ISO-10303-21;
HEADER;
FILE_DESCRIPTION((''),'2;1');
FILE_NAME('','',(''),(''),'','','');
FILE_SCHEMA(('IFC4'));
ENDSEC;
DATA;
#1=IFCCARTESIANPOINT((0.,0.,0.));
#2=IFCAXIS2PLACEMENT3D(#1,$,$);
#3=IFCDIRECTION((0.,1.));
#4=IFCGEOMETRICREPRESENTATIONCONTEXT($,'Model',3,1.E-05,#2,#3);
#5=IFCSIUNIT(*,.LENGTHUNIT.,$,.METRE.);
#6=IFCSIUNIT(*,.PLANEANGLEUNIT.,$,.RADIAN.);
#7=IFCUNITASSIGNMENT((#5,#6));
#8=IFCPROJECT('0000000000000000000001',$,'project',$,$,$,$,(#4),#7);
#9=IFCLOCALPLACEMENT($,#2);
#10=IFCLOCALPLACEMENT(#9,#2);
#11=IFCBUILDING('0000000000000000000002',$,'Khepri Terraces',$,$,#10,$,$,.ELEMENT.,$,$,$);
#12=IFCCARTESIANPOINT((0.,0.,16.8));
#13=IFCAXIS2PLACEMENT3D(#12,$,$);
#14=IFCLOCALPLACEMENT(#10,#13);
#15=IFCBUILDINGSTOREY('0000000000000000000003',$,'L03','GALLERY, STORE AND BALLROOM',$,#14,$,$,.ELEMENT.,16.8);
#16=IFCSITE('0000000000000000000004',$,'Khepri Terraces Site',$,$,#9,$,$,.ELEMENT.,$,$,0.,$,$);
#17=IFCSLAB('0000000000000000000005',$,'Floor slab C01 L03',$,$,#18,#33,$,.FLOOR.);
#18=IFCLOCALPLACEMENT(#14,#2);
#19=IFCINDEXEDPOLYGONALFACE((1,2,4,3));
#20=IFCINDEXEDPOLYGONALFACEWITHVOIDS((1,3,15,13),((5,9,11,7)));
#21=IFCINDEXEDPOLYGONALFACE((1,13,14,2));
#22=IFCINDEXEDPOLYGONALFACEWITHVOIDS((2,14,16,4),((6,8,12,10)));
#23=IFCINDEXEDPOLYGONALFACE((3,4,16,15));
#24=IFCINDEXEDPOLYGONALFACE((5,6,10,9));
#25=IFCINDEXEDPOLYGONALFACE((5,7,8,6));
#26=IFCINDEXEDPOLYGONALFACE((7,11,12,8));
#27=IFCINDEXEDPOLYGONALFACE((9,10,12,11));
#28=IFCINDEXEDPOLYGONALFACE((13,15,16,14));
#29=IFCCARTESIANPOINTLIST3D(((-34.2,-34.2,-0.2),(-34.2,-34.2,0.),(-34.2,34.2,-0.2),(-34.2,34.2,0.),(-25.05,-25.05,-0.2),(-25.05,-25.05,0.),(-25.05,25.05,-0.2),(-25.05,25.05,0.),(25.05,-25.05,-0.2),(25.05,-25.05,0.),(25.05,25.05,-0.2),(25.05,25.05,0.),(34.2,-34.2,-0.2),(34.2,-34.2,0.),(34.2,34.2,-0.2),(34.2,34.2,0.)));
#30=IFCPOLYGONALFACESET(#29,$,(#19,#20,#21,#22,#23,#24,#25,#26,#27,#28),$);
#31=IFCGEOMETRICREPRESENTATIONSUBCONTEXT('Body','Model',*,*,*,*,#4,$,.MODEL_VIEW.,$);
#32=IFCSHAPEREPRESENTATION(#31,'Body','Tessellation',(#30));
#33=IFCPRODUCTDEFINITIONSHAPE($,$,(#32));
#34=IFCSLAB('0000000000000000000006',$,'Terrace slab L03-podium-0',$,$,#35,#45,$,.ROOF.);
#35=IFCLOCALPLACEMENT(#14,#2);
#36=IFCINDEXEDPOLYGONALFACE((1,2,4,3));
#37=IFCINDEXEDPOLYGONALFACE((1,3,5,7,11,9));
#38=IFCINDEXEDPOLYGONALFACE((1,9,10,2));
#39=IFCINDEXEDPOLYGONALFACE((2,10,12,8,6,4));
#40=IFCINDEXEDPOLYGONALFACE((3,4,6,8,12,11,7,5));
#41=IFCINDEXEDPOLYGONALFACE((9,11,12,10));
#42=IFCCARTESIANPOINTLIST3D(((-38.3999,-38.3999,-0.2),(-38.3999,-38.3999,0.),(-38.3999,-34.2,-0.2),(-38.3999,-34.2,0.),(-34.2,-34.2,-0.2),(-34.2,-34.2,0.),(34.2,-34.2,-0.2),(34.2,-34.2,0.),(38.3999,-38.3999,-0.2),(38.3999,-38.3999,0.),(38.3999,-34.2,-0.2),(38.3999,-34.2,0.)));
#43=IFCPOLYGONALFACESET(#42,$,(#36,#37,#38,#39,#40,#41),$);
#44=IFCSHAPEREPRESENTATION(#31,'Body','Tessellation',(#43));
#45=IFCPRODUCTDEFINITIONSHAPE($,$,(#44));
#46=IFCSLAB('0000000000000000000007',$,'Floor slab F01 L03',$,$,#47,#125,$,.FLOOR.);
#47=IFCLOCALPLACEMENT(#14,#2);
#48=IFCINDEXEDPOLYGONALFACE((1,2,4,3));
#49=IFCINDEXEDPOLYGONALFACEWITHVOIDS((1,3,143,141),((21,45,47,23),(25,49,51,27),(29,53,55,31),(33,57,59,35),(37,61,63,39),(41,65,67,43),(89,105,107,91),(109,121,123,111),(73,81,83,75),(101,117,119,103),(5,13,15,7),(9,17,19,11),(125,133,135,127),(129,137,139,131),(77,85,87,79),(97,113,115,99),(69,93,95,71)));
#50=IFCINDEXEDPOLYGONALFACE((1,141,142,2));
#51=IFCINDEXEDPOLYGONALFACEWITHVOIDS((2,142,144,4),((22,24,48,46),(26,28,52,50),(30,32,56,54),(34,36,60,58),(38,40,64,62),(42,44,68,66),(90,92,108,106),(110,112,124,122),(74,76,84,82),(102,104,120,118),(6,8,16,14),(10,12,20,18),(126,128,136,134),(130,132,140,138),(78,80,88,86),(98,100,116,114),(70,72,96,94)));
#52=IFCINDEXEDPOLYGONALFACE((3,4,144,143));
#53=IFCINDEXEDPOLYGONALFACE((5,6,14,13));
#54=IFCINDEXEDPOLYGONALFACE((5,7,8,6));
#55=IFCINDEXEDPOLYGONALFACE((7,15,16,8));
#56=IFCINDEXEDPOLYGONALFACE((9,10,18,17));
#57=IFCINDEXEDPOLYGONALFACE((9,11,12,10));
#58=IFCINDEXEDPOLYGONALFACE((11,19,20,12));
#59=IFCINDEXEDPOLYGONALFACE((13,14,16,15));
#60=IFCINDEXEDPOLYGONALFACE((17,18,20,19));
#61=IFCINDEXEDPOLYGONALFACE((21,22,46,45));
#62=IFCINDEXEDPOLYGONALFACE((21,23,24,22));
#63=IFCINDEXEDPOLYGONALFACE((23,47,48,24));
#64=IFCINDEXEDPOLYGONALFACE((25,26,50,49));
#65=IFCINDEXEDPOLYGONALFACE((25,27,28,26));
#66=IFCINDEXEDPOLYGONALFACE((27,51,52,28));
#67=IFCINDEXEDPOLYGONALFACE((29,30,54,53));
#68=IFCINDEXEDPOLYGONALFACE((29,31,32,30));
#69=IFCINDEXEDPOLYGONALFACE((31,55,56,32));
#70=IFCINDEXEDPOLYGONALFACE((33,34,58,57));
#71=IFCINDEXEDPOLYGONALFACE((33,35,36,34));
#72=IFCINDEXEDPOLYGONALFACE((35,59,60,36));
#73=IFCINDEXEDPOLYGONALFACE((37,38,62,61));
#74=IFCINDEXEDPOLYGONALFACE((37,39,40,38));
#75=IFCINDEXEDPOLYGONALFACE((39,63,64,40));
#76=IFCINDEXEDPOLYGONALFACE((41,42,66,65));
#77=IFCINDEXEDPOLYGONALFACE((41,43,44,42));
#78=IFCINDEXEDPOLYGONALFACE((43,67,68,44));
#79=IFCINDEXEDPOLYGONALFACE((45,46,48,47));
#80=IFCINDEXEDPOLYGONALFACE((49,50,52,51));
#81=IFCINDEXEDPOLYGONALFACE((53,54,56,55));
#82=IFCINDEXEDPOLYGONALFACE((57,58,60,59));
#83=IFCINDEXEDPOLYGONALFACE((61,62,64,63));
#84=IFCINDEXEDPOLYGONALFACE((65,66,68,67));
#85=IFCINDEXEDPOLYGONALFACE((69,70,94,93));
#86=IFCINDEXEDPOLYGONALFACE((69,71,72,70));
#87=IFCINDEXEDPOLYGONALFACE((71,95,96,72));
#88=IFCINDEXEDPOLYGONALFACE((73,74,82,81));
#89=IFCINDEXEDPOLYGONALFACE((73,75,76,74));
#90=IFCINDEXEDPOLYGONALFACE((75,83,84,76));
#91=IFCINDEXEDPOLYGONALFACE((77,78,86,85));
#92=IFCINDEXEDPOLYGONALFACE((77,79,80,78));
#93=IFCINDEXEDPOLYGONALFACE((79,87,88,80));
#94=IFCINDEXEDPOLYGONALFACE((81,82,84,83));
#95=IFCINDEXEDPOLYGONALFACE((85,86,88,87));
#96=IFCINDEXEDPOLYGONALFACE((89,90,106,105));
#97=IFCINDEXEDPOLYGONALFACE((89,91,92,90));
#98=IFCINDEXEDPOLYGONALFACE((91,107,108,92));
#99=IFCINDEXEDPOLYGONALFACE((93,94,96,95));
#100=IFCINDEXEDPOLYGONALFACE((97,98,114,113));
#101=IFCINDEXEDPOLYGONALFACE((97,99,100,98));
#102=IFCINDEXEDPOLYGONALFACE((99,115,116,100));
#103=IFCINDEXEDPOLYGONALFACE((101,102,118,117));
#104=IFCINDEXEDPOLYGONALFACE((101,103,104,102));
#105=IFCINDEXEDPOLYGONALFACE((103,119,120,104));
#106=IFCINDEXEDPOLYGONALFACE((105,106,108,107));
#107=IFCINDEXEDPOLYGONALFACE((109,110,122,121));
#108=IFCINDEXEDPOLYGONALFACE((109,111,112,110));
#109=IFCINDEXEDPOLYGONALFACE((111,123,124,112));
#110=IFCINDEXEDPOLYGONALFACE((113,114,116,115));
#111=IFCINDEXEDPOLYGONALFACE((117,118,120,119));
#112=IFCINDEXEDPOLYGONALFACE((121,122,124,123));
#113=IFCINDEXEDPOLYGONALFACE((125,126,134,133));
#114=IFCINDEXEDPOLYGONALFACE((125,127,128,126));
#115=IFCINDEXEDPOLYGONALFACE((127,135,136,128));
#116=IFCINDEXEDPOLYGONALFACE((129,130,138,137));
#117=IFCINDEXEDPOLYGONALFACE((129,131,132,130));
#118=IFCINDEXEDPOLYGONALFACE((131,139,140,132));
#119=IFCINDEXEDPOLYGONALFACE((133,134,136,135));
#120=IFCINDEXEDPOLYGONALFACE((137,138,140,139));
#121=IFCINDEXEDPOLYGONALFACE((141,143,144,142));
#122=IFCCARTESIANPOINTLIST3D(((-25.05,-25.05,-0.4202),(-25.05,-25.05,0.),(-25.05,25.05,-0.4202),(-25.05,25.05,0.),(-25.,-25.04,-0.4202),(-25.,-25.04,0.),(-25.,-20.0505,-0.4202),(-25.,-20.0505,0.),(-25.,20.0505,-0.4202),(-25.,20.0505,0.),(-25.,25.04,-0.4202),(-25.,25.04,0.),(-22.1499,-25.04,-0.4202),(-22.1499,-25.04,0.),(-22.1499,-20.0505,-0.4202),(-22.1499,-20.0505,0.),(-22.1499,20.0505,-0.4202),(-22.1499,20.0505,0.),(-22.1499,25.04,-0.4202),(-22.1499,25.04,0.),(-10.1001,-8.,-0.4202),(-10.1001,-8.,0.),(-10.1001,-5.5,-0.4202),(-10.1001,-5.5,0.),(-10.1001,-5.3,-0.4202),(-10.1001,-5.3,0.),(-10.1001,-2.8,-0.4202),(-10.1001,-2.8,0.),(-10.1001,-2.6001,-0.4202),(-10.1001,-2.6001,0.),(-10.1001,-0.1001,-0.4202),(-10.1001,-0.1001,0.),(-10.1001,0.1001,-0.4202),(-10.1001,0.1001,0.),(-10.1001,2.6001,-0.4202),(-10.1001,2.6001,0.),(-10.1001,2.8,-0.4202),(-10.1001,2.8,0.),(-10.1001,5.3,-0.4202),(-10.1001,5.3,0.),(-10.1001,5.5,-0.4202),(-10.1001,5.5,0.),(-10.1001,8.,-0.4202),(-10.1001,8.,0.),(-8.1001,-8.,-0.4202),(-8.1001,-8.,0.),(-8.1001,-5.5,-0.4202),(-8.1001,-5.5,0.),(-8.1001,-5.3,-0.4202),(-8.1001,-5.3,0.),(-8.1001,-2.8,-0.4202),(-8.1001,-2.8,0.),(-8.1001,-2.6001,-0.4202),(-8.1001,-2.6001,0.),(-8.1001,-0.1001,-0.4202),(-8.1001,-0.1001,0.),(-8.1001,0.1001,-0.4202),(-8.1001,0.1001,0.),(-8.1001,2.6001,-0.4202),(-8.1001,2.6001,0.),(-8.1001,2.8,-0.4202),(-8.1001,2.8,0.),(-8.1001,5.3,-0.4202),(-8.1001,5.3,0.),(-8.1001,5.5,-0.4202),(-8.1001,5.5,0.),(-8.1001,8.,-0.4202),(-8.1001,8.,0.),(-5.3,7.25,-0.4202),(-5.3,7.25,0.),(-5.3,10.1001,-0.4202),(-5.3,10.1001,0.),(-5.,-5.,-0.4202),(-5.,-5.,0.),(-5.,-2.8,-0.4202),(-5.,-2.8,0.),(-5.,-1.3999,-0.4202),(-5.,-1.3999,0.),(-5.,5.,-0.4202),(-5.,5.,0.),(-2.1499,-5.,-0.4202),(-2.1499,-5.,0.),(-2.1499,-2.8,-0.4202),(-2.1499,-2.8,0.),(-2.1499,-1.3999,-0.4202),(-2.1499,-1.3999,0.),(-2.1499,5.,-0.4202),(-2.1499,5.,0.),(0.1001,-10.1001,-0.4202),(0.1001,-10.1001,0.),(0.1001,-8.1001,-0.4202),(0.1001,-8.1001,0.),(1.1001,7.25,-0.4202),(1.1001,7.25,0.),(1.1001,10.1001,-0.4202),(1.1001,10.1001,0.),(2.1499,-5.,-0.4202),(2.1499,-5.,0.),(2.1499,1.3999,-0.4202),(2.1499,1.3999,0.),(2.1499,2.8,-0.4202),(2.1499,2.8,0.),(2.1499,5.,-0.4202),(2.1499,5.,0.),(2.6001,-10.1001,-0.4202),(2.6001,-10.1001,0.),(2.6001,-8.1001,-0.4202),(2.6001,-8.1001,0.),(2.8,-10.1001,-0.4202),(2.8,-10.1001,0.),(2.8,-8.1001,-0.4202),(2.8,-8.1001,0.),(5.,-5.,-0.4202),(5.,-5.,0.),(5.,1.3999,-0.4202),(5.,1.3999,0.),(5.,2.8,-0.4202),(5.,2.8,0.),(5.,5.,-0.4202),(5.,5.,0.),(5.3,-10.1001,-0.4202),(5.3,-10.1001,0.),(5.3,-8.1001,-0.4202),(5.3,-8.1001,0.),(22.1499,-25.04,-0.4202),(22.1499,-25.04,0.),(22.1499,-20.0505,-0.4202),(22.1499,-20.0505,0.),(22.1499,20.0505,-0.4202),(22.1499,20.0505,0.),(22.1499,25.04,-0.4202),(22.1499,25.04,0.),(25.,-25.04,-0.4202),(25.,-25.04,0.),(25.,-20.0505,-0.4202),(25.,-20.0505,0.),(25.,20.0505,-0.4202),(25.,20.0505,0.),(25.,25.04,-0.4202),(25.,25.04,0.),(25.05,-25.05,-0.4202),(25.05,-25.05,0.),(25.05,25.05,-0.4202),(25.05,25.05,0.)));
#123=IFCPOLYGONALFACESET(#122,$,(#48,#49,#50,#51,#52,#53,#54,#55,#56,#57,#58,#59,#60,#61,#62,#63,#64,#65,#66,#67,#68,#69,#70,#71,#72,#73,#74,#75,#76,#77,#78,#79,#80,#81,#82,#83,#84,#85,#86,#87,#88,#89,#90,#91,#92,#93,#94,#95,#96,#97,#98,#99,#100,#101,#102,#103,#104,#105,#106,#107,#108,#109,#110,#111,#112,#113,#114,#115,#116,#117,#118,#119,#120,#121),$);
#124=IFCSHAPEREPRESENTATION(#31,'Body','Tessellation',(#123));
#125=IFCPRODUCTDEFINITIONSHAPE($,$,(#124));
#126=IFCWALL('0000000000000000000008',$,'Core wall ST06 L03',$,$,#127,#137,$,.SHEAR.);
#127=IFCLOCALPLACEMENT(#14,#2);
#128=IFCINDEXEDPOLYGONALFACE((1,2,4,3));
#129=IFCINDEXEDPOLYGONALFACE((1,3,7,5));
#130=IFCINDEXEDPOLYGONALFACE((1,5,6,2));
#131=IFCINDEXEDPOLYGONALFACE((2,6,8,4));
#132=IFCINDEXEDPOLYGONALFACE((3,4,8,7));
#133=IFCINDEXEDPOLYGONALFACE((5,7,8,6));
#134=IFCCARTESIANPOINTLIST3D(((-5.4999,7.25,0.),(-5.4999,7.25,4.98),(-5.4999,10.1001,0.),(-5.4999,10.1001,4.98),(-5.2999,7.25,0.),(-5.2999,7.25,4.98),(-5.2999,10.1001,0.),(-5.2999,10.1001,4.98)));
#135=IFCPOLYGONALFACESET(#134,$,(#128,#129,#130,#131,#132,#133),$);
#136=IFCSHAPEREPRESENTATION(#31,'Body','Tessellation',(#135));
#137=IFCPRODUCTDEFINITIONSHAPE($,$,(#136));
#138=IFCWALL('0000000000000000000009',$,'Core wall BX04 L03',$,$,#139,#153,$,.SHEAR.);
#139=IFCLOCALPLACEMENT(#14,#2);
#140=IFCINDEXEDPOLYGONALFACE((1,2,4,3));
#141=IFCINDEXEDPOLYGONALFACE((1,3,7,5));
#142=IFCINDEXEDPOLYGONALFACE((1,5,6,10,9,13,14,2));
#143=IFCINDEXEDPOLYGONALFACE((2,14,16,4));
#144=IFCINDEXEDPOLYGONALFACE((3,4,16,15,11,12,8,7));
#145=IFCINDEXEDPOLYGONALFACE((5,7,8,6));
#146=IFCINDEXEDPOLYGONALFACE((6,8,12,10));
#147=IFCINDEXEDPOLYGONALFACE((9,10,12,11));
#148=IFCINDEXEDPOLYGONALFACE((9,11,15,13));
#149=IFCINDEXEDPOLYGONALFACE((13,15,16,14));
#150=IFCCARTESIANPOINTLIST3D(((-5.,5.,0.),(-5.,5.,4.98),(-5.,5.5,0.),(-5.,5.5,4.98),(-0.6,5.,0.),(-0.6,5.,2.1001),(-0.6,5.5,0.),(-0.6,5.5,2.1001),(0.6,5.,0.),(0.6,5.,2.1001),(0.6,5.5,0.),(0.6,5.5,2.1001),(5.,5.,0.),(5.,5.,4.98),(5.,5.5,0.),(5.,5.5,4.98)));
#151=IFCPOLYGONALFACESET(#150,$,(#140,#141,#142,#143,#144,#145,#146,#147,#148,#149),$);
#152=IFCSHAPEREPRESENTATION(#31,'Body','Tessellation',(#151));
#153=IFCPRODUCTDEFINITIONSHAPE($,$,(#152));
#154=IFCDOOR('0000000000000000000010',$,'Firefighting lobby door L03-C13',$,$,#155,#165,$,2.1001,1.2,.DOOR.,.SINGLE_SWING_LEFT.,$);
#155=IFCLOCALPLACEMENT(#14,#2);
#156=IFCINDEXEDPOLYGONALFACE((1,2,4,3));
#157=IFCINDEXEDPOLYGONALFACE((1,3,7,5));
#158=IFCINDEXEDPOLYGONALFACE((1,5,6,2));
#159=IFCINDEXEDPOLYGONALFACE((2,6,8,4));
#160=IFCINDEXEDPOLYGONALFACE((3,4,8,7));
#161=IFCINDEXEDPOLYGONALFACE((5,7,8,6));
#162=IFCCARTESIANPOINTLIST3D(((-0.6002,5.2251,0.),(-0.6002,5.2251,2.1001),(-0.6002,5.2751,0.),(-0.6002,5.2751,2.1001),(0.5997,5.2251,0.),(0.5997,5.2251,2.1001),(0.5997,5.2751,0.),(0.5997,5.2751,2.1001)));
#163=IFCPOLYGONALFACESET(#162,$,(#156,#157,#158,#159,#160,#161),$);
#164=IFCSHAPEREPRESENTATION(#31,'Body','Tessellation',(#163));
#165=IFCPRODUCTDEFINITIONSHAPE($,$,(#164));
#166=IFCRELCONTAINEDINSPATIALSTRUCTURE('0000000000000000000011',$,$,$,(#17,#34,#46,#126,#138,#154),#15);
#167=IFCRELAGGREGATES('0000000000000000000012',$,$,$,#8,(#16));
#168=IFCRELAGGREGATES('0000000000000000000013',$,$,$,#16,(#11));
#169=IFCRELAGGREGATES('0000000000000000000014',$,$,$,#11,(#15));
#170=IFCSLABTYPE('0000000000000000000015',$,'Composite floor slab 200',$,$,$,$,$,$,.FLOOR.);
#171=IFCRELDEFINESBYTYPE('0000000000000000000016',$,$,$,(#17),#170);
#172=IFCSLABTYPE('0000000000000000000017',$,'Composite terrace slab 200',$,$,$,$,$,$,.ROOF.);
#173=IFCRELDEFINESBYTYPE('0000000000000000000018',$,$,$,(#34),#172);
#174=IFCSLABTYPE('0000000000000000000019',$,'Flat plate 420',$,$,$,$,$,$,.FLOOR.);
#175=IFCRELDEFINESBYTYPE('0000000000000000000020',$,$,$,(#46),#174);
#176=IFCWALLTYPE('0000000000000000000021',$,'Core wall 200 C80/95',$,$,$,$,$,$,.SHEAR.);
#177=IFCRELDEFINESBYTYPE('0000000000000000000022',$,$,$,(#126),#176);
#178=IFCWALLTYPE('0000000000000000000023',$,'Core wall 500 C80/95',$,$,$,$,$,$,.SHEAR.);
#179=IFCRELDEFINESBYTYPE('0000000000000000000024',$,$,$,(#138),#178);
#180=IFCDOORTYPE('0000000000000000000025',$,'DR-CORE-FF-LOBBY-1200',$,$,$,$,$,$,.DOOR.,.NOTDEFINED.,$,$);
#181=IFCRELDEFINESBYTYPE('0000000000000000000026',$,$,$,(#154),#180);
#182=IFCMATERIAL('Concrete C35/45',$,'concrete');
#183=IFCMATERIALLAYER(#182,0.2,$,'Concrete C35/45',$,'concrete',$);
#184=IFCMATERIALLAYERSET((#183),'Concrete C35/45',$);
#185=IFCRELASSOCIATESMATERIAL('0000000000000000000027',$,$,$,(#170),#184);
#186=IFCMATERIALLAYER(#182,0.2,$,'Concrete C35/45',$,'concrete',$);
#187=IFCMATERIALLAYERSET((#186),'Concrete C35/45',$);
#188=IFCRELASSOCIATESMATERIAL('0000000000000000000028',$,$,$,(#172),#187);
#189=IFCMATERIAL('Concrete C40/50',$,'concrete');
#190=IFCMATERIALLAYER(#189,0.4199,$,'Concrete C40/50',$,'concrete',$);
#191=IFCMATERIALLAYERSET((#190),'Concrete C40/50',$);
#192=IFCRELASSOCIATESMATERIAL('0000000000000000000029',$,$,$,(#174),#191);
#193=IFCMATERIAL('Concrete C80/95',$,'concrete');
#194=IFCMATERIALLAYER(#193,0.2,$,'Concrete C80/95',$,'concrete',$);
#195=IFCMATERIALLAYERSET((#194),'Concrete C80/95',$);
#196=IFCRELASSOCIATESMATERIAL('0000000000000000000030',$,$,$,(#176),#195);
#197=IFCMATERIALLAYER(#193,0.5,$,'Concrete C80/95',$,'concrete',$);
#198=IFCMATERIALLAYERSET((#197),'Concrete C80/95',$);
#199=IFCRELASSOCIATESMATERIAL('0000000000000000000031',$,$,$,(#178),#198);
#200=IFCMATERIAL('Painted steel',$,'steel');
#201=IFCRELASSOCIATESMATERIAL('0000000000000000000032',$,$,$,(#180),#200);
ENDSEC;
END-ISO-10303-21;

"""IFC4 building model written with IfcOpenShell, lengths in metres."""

from ifc_helpers import new_model, si_unit, direction, frame, frame_2d, origin, place, context, subcontext, project, spatial, polyline, rectangle, outline, extrude, material, layer, layer_set, type_object, element, fill, save


model = new_model("IFC4")

# Units and contexts
model_context = context("Model", 3, precision=1e-05, world=origin(), true_north=direction((0.0, 1.0)))
body_context = subcontext(model_context, "Body", "Model", "MODEL_VIEW")
ifc_project = project(units=[si_unit("LENGTHUNIT", "METRE"), si_unit("PLANEANGLEUNIT", "RADIAN")], contexts=[model_context])

# Site, building, storey
site_placement = place(None, origin())
site = spatial("IfcSite", under=ifc_project, at=site_placement, Name="Khepri Terraces Site", CompositionType="ELEMENT", RefElevation=0.0)
building_placement = place(site_placement, origin())
building = spatial("IfcBuilding", under=site, at=building_placement, Name="Khepri Terraces", CompositionType="ELEMENT")
storey_placement = place(building_placement, frame((0.0, 0.0, 16.8)))
storey = spatial("IfcBuildingStorey", under=building, at=storey_placement, Name="L03", Description="GALLERY, STORE AND BALLROOM", CompositionType="ELEMENT", Elevation=16.8)

# Slabs
ifc_material_1 = material(Name="Concrete C35/45", Category="concrete")
ifc_layer_1 = layer(ifc_material_1, 0.2, Name="Concrete C35/45", Category="concrete")
ifc_layer_set_1 = layer_set([ifc_layer_1], Name="Concrete C35/45")
slab_type_1 = type_object("IfcSlabType", Name="Composite floor slab 200", PredefinedType="FLOOR", material=ifc_layer_set_1)
slab_1_placement = place(storey_placement, frame((0.0, 0.0, -0.2)))
element("IfcSlab", 1, at=slab_1_placement, inside=storey, type_object=slab_type_1, Name="Floor slab C01 L03", PredefinedType="FLOOR", context=body_context, shape_type="SweptSolid", body=[
    extrude(outline(polyline([(-34.2, -34.2), (-34.2, 34.2), (34.2, 34.2), (34.2, -34.2), (-34.2, -34.2)]), holes=[polyline([(25.05, 25.05), (-25.05, 25.05), (-25.05, -25.05), (25.05, -25.05), (25.05, 25.05)])]), origin(), (0.0, 0.0, 1.0), 0.2),
])
ifc_layer_2 = layer(ifc_material_1, 0.2, Name="Concrete C35/45", Category="concrete")
ifc_layer_set_2 = layer_set([ifc_layer_2], Name="Concrete C35/45")
slab_type_2 = type_object("IfcSlabType", Name="Composite terrace slab 200", PredefinedType="ROOF", material=ifc_layer_set_2)
slab_2_placement = place(storey_placement, frame((0.0, 0.0, -0.2)))
element("IfcSlab", 2, at=slab_2_placement, inside=storey, type_object=slab_type_2, Name="Terrace slab L03-podium-0", PredefinedType="ROOF", context=body_context, shape_type="SweptSolid", body=[
    extrude(outline(polyline([(38.3999, -38.3999), (-38.3999, -38.3999), (-38.3999, -34.2), (-34.2, -34.2), (34.2, -34.2), (38.3999, -34.2), (38.3999, -38.3999)])), origin(), (0.0, 0.0, 1.0), 0.2),
])
ifc_material_2 = material(Name="Concrete C40/50", Category="concrete")
ifc_layer_3 = layer(ifc_material_2, 0.4199, Name="Concrete C40/50", Category="concrete")
ifc_layer_set_3 = layer_set([ifc_layer_3], Name="Concrete C40/50")
slab_type_3 = type_object("IfcSlabType", Name="Flat plate 420", PredefinedType="FLOOR", material=ifc_layer_set_3)
slab_3_placement = place(storey_placement, frame((0.0, 0.0, -0.4202)))
element("IfcSlab", 3, at=slab_3_placement, inside=storey, type_object=slab_type_3, Name="Floor slab F01 L03", PredefinedType="FLOOR", context=body_context, shape_type="SweptSolid", body=[
    extrude(outline(polyline([(-25.05, 25.05), (25.05, 25.05), (25.05, -25.05), (-25.05, -25.05), (-25.05, 25.05)]), holes=[polyline([(5.0, 5.0), (2.1499, 5.0), (2.1499, 2.8), (5.0, 2.8), (5.0, 5.0)]), polyline([(-2.1499, -5.0), (-2.1499, -2.8), (-5.0, -2.8), (-5.0, -5.0), (-2.1499, -5.0)]), polyline([(-10.1001, -8.0), (-8.1001, -8.0), (-8.1001, -5.5), (-10.1001, -5.5), (-10.1001, -8.0)]), polyline([(-10.1001, -2.8), (-10.1001, -5.3), (-8.1001, -5.3), (-8.1001, -2.8), (-10.1001, -2.8)]), polyline([(-8.1001, -0.1001), (-10.1001, -0.1001), (-10.1001, -2.6001), (-8.1001, -2.6001), (-8.1001, -0.1001)]), polyline([(-8.1001, 0.1001), (-8.1001, 2.6001), (-10.1001, 2.6001), (-10.1001, 0.1001), (-8.1001, 0.1001)]), polyline([(-10.1001, 2.8), (-8.1001, 2.8), (-8.1001, 5.3), (-10.1001, 5.3), (-10.1001, 2.8)]), polyline([(-10.1001, 8.0), (-10.1001, 5.5), (-8.1001, 5.5), (-8.1001, 8.0), (-10.1001, 8.0)]), polyline([(2.6001, -8.1001), (0.1001, -8.1001), (0.1001, -10.1001), (2.6001, -10.1001), (2.6001, -8.1001)]), polyline([(5.3, -10.1001), (5.3, -8.1001), (2.8, -8.1001), (2.8, -10.1001), (5.3, -10.1001)]), polyline([(-5.0, -1.3999), (-2.1499, -1.3999), (-2.1499, 5.0), (-5.0, 5.0), (-5.0, -1.3999)]), polyline([(5.0, -5.0), (5.0, 1.3999), (2.1499, 1.3999), (2.1499, -5.0), (5.0, -5.0)]), polyline([(-5.3, 10.1001), (-5.3, 7.25), (1.1001, 7.25), (1.1001, 10.1001), (-5.3, 10.1001)]), polyline([(22.1499, 25.04), (22.1499, 20.0505), (25.0, 20.0505), (25.0, 25.04), (22.1499, 25.04)]), polyline([(-22.1499, 25.04), (-25.0, 25.04), (-25.0, 20.0505), (-22.1499, 20.0505), (-22.1499, 25.04)]), polyline([(22.1499, -20.0505), (22.1499, -25.04), (25.0, -25.04), (25.0, -20.0505), (22.1499, -20.0505)]), polyline([(-22.1499, -20.0505), (-25.0, -20.0505), (-25.0, -25.04), (-22.1499, -25.04), (-22.1499, -20.0505)])]), origin(), (0.0, 0.0, 1.0), 0.4202),
])

# Wall
ifc_material_3 = material(Name="Concrete C80/95", Category="concrete")
ifc_layer_4 = layer(ifc_material_3, 0.2, Name="Concrete C80/95", Category="concrete")
ifc_layer_set_4 = layer_set([ifc_layer_4], Name="Concrete C80/95")
wall_type_1 = type_object("IfcWallType", Name="Core wall 200 C80/95", PredefinedType="SHEAR", material=ifc_layer_set_4)
wall_1_placement = place(storey_placement, frame((-5.3999, 7.25, 0.0), z_axis=(0.0, 0.0, 1.0), x_axis=(0.0, 1.0, 0.0)))
element("IfcWall", 4, at=wall_1_placement, inside=storey, type_object=wall_type_1, Name="Core wall ST06 L03", PredefinedType="SHEAR", context=body_context, shape_type="SweptSolid", body=[
    extrude(rectangle(XDim=2.8501, YDim=0.2, at=frame_2d((1.425, 0.0))), origin(), (0.0, 0.0, 1.0), 4.98),
])

# Wall, opening, door
ifc_layer_5 = layer(ifc_material_3, 0.5, Name="Concrete C80/95", Category="concrete")
ifc_layer_set_5 = layer_set([ifc_layer_5], Name="Concrete C80/95")
wall_type_2 = type_object("IfcWallType", Name="Core wall 500 C80/95", PredefinedType="SHEAR", material=ifc_layer_set_5)
wall_2_placement = place(storey_placement, frame((-5.0, 5.25, 0.0), z_axis=(0.0, 0.0, 1.0), x_axis=(1.0, 0.0, 0.0)))
wall_2 = element("IfcWall", 5, at=wall_2_placement, inside=storey, type_object=wall_type_2, Name="Core wall BX04 L03", PredefinedType="SHEAR", context=body_context, shape_type="SweptSolid", body=[
    extrude(rectangle(XDim=10.0, YDim=0.5, at=frame_2d((5.0, 0.0))), origin(), (0.0, 0.0, 1.0), 4.98),
])
opening_placement = place(wall_2_placement, frame((4.3999, 0.0, 0.0)))
opening = element("IfcOpeningElement", 6, at=opening_placement, cuts=wall_2, PredefinedType="OPENING", context=body_context, shape_type="SweptSolid", body=[
    extrude(rectangle(XDim=1.2, YDim=2.1001, at=frame_2d((0.6001, 1.05))), frame((0.0, 0.26, 0.0), z_axis=(0.0, -1.0, 0.0), x_axis=(1.0, 0.0, 0.0)), (0.0, 0.0, 1.0), 0.52),
])
ifc_material_4 = material(Name="Painted steel", Category="steel")
door_type = type_object("IfcDoorType", Name="DR-CORE-FF-LOBBY-1200", OperationType="NOTDEFINED", PredefinedType="DOOR", material=ifc_material_4)
door_placement = place(opening_placement, frame((1.2, 0.0, 0.0), z_axis=(0.0, 0.0, 1.0), x_axis=(-1.0, 0.0, 0.0)))
door = element("IfcDoor", 7, at=door_placement, inside=storey, type_object=door_type, Name="Firefighting lobby door L03-C13", OperationType="SINGLE_SWING_LEFT", OverallHeight=2.1001, OverallWidth=1.2, PredefinedType="DOOR", context=body_context, shape_type="SweptSolid", body=[
    extrude(rectangle(XDim=1.2, YDim=2.1001, at=frame_2d((0.6001, 1.05))), frame((0.0, 0.0249, 0.0), z_axis=(0.0, -1.0, 0.0), x_axis=(1.0, 0.0, 0.0)), (0.0, 0.0, 1.0), 0.05),
])
fill(opening, door)

save(model, "model.ifc")
